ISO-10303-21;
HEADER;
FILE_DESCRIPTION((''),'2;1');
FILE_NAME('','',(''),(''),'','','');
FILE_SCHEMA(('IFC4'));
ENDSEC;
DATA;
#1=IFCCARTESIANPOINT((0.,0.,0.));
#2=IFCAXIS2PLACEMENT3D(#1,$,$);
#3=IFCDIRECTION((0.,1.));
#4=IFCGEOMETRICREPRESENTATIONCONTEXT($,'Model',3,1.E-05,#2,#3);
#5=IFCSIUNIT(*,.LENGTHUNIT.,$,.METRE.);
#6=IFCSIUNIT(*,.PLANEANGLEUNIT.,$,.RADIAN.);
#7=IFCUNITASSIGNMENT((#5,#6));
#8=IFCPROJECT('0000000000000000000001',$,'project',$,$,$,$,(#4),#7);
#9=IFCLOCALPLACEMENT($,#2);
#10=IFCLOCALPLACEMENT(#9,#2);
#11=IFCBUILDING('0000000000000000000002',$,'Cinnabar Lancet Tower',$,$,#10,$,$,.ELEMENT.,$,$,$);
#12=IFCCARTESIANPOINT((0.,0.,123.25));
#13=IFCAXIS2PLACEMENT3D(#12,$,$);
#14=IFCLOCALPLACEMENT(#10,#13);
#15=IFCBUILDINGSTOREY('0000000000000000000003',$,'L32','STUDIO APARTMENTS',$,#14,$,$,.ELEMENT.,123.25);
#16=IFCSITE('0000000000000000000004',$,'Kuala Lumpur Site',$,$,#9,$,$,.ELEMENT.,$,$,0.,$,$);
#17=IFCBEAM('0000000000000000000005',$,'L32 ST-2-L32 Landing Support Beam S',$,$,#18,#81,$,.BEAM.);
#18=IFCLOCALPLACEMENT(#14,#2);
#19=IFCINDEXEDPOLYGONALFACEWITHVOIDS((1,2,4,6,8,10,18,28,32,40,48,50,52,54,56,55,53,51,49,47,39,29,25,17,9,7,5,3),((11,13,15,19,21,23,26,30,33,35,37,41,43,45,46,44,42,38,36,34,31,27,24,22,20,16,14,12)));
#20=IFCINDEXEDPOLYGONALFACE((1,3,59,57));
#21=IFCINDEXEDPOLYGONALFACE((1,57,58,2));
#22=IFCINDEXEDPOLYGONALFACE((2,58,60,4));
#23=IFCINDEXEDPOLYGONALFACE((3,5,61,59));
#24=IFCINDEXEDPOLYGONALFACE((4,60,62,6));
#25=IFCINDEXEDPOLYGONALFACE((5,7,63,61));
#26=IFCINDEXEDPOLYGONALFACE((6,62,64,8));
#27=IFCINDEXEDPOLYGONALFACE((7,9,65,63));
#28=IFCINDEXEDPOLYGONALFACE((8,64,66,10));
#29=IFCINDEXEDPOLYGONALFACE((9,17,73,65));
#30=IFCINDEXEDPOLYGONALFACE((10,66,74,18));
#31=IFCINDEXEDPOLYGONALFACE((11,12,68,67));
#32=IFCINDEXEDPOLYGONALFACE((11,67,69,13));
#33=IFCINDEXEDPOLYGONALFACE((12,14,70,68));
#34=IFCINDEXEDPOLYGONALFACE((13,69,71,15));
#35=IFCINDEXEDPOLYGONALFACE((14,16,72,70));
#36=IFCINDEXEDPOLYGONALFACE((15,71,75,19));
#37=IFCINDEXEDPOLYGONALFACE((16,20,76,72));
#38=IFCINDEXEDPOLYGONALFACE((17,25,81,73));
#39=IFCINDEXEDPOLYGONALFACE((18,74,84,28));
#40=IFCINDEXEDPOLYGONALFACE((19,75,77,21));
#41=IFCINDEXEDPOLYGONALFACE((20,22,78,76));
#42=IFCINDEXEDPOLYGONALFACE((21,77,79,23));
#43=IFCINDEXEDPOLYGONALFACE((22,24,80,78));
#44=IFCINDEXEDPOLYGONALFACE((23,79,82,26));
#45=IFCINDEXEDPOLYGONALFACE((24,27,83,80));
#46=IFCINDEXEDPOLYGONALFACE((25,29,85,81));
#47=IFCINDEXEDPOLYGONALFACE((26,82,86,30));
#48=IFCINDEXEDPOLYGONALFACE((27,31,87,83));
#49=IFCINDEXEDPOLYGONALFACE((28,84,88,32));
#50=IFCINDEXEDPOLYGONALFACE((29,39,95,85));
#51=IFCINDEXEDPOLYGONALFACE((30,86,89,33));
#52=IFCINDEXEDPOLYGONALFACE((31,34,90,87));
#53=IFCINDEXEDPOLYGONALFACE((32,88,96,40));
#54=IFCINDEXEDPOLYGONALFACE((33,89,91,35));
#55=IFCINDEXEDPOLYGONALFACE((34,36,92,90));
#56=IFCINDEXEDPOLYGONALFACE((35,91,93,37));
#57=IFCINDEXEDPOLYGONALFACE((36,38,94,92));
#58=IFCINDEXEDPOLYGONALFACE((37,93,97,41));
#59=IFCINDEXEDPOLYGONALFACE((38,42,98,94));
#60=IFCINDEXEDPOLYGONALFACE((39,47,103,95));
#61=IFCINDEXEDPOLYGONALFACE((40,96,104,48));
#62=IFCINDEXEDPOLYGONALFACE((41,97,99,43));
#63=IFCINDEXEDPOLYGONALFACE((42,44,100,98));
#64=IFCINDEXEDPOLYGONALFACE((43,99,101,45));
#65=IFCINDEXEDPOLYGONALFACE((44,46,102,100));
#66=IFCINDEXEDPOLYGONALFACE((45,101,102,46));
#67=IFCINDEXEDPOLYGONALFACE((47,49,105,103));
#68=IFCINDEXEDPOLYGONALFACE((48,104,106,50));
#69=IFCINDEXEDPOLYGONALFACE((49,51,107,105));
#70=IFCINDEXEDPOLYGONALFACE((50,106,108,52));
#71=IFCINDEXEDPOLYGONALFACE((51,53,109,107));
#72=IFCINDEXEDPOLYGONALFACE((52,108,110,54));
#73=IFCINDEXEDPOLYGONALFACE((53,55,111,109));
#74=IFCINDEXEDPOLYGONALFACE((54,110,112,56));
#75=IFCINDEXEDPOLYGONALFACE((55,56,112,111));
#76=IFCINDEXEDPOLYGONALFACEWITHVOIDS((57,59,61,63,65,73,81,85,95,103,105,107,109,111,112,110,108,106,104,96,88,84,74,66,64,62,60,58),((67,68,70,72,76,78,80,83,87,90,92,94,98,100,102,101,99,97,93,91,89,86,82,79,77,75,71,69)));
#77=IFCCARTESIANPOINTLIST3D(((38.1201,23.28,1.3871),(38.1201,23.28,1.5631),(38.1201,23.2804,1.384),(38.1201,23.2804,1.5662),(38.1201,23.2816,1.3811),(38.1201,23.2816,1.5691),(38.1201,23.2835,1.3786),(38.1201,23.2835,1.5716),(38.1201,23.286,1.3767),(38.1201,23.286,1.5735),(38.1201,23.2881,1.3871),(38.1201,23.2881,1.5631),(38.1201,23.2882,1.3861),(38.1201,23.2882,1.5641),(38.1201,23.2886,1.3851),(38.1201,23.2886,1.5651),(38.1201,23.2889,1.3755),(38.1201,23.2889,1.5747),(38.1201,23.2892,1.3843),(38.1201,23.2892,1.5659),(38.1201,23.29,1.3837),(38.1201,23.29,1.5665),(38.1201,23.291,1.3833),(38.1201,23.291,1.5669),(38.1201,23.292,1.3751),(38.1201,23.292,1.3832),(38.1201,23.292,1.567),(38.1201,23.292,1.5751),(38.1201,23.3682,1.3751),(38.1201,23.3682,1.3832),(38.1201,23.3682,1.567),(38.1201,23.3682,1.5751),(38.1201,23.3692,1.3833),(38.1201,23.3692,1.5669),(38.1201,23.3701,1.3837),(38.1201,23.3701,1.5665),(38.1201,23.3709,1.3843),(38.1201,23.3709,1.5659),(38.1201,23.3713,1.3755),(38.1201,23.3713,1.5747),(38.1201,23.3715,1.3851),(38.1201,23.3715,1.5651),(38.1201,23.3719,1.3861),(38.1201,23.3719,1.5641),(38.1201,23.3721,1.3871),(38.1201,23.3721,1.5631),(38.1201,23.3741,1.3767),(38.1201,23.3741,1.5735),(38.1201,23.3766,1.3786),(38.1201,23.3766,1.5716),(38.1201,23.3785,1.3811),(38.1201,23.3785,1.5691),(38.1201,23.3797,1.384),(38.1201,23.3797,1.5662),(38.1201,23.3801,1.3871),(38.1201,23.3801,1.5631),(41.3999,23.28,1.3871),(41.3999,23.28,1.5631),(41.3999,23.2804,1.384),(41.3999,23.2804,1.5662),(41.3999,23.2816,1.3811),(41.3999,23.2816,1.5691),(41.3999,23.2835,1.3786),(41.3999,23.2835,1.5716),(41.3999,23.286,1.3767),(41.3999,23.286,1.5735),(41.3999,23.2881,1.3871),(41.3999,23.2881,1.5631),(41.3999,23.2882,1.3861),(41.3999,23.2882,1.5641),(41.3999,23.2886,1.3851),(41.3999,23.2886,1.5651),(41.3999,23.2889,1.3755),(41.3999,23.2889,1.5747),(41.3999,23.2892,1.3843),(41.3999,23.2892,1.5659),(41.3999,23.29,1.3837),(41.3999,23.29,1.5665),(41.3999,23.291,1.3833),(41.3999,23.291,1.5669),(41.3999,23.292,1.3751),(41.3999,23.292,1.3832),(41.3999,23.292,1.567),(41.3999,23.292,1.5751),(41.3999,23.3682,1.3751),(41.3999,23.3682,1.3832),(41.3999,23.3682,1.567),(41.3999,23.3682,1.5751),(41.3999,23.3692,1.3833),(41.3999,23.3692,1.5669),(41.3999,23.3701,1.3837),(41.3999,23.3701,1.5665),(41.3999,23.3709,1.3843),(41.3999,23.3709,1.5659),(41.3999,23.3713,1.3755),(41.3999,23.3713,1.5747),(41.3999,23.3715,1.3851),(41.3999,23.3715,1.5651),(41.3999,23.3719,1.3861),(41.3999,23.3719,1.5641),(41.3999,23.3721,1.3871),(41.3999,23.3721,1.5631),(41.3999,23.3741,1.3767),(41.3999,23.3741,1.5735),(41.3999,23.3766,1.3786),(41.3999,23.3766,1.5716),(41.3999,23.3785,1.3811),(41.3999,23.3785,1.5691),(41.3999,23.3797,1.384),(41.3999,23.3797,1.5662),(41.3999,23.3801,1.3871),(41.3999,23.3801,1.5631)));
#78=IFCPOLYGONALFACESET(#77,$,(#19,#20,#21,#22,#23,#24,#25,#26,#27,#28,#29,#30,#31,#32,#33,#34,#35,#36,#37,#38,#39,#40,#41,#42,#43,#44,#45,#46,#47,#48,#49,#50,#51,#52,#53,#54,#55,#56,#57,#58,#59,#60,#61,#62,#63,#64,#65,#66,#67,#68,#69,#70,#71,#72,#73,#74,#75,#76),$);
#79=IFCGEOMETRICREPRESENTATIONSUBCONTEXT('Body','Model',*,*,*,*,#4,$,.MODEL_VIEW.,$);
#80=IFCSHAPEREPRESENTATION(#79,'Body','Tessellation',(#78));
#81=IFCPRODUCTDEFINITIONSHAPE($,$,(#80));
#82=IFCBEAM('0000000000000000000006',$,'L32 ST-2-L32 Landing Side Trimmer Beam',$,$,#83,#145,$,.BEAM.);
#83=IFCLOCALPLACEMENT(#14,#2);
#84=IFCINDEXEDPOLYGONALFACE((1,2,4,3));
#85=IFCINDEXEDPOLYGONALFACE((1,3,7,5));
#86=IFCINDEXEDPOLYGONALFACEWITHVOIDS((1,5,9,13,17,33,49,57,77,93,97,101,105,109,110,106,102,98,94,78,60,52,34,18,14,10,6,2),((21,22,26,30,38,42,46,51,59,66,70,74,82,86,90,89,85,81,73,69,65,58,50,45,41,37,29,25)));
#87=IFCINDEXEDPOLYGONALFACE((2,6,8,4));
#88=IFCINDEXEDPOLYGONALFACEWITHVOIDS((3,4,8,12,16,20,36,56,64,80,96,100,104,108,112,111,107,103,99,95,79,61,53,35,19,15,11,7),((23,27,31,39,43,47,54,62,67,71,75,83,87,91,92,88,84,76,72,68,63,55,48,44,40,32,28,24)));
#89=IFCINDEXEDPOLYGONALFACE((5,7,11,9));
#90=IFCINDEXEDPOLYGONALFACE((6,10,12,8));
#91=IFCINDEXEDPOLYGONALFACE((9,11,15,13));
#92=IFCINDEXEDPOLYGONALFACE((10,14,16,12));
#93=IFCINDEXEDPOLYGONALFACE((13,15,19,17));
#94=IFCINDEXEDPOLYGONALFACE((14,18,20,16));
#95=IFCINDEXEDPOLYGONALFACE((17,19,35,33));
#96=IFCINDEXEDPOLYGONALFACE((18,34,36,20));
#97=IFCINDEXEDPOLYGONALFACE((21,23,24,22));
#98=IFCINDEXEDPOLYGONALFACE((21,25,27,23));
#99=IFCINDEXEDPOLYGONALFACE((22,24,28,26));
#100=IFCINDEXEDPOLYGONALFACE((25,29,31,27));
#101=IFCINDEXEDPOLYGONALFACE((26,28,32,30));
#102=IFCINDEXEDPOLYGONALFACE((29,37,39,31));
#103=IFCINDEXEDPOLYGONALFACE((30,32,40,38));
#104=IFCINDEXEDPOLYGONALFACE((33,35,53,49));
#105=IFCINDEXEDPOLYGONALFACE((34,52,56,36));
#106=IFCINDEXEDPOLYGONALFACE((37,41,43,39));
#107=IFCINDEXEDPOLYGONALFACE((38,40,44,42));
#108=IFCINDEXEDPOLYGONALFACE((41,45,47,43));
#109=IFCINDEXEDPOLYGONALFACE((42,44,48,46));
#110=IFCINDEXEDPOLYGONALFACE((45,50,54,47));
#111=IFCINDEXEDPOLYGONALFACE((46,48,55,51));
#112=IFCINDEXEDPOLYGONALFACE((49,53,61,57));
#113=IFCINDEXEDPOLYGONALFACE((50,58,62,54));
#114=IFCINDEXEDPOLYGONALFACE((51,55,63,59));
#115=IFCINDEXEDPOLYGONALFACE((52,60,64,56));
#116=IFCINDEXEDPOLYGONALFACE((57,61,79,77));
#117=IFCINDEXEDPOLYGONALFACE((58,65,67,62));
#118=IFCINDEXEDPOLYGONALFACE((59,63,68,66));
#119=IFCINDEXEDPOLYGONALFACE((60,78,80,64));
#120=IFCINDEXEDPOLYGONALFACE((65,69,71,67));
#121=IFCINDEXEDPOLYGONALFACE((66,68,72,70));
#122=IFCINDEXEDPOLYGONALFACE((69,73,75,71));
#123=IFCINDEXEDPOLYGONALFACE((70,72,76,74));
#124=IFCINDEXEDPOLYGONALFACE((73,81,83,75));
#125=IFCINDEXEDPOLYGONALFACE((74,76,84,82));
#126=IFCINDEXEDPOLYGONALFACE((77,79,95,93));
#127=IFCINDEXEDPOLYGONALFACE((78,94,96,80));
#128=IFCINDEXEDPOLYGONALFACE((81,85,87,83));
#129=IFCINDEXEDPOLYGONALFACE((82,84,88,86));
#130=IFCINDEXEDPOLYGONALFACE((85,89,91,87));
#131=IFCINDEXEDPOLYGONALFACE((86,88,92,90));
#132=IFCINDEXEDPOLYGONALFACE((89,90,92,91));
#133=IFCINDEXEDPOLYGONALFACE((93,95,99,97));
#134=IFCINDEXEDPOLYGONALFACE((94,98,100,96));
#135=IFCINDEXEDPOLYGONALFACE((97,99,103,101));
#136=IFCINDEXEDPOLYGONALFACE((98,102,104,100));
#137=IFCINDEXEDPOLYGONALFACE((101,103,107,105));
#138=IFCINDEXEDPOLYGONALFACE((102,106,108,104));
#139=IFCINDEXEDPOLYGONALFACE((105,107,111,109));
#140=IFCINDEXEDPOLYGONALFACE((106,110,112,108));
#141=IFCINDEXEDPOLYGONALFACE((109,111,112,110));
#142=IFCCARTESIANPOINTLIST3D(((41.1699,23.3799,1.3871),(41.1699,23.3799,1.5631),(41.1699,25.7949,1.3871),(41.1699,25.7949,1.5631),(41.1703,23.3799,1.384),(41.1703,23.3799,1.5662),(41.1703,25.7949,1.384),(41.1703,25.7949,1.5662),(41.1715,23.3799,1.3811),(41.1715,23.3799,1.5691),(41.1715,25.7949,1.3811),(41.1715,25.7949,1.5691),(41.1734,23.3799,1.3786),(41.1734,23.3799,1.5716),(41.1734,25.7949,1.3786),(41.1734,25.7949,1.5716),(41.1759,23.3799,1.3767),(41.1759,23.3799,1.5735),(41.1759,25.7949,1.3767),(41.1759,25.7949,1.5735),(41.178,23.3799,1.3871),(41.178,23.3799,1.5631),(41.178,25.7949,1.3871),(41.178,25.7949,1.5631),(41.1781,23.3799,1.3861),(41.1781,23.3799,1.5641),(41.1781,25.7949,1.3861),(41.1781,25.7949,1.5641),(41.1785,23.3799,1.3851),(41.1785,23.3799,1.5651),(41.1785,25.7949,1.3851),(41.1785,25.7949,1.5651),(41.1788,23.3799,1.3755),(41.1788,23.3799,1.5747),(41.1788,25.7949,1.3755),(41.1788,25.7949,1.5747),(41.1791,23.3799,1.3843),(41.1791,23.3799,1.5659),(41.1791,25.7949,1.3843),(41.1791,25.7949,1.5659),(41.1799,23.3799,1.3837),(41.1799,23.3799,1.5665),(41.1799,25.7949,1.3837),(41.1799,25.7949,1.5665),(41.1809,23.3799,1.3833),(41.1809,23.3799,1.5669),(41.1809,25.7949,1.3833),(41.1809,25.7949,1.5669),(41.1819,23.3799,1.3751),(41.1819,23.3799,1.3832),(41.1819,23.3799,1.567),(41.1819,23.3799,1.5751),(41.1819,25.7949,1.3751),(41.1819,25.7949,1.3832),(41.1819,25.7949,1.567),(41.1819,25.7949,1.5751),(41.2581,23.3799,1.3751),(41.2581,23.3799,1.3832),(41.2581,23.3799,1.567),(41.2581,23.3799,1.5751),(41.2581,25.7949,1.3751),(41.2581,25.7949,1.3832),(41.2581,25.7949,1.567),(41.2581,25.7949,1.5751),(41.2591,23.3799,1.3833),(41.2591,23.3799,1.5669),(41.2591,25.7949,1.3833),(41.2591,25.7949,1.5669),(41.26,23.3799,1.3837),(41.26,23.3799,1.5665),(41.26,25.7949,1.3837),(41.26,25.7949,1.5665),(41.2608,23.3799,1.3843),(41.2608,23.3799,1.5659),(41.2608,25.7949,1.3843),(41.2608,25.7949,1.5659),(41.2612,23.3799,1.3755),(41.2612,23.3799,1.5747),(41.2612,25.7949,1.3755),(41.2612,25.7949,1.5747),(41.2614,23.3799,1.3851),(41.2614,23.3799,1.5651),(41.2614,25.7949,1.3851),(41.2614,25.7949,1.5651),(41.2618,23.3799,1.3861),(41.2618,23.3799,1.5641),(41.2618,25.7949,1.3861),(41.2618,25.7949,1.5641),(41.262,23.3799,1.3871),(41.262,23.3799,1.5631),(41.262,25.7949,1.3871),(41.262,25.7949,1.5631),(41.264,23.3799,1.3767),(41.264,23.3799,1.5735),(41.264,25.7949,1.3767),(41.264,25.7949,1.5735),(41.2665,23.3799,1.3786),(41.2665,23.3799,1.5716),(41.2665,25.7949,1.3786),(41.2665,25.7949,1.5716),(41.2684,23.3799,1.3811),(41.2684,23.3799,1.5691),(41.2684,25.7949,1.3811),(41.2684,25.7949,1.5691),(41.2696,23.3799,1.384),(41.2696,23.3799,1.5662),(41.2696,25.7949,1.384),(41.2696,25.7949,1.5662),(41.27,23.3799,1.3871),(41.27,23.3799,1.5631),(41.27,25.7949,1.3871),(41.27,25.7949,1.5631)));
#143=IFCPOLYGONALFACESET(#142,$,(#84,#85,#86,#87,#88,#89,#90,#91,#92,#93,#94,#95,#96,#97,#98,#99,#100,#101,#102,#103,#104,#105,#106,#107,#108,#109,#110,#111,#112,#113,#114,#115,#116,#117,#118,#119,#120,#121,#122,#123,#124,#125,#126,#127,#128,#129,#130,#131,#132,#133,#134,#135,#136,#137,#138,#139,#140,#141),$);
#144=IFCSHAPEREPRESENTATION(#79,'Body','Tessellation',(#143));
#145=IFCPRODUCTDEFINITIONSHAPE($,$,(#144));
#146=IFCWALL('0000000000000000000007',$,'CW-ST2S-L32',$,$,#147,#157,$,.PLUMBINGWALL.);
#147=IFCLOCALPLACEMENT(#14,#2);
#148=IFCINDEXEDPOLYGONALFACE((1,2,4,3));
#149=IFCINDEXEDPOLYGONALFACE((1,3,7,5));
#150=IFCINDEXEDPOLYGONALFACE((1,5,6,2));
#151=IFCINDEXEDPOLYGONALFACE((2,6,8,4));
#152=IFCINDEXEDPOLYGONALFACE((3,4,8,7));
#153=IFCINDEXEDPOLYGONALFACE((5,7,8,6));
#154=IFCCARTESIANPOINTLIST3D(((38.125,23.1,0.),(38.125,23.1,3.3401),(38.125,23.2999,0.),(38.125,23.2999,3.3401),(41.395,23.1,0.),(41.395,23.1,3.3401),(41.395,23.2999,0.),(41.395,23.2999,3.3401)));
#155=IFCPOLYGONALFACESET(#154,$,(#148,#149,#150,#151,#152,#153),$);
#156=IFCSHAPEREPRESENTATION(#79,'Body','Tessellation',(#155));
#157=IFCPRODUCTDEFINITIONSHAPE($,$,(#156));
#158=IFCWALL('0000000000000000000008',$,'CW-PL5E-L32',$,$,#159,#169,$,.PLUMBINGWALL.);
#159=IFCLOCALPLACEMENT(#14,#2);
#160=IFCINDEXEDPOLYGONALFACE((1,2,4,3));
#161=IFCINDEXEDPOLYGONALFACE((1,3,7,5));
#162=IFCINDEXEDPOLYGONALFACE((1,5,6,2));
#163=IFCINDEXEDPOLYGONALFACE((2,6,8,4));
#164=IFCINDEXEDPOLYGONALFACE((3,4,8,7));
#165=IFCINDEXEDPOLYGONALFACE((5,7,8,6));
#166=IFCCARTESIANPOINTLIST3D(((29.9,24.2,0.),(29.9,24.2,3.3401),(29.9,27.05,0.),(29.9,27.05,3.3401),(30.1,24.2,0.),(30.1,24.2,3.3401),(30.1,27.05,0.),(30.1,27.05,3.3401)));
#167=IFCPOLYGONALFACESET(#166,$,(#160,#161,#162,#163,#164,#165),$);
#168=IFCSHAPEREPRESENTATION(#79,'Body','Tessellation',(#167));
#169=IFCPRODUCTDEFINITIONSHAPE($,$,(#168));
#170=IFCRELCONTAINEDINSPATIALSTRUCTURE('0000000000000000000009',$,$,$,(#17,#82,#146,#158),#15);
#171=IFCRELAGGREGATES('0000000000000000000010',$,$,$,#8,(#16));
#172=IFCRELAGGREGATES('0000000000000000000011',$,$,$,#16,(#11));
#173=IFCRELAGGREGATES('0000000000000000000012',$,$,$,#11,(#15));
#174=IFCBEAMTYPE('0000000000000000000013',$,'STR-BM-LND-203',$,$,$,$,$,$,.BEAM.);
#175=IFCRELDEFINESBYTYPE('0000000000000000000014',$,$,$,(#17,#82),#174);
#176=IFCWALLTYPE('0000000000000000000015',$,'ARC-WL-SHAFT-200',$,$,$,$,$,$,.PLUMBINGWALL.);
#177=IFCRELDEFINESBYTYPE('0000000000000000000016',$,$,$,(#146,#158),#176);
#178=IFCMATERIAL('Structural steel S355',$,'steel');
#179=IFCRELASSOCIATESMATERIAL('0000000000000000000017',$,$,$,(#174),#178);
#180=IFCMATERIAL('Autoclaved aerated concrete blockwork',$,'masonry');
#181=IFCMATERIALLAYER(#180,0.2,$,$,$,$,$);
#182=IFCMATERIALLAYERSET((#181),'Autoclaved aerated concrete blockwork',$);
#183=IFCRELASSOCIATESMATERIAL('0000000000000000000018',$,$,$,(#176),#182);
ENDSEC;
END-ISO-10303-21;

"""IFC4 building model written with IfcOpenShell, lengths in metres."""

from ifc_helpers import new_model, si_unit, direction, frame, frame_2d, origin, origin_2d, place, context, subcontext, project, spatial, rectangle, hollow_rectangle, extrude, material, layer, layer_set, material_profile, profile_set, type_object, element, save


model = new_model("IFC4")

# Units and contexts
model_context = context("Model", 3, precision=1e-05, world=origin(), true_north=direction((0.0, 1.0)))
body_context = subcontext(model_context, "Body", "Model", "MODEL_VIEW")
ifc_project = project(units=[si_unit("LENGTHUNIT", "METRE"), si_unit("PLANEANGLEUNIT", "RADIAN")], contexts=[model_context])

# Site, building, storey
site_placement = place(None, origin())
site = spatial("IfcSite", under=ifc_project, at=site_placement, Name="Kuala Lumpur Site", CompositionType="ELEMENT", RefElevation=0.0)
building_placement = place(site_placement, origin())
building = spatial("IfcBuilding", under=site, at=building_placement, Name="Cinnabar Lancet Tower", CompositionType="ELEMENT")
storey_placement = place(building_placement, frame((0.0, 0.0, 123.25)))
storey = spatial("IfcBuildingStorey", under=building, at=storey_placement, Name="L32", Description="STUDIO APARTMENTS", CompositionType="ELEMENT", Elevation=123.25)

# Beams
ifc_material_1 = material(Name="Structural steel S355", Category="steel")
ifc_material_profile_1 = material_profile(ifc_material_1, hollow_rectangle(XDim=0.1001, YDim=0.2, WallThickness=0.0081, InnerFilletRadius=0.0039, OuterFilletRadius=0.012, at=origin_2d()), Name="RHS 200x100x8")
ifc_profile_set_1 = profile_set([ifc_material_profile_1], Name="Structural steel S355")
beam_type_1 = type_object("IfcBeamType", Name="STR-BM-LND-203", PredefinedType="BEAM", material=ifc_profile_set_1)
beam_1_placement = place(storey_placement, frame((38.1201, 23.3301, 1.4751), z_axis=(1.0, 0.0, 0.0), x_axis=(0.0, 1.0, 0.0)))
element("IfcBeam", 1, at=beam_1_placement, inside=storey, type_object=beam_type_1, Name="L32 ST-2-L32 Landing Support Beam S", PredefinedType="BEAM", context=body_context, shape_type="SweptSolid", body=[
    extrude(hollow_rectangle(XDim=0.1001, YDim=0.2, WallThickness=0.0081, InnerFilletRadius=0.0039, OuterFilletRadius=0.012, at=origin_2d()), origin(), (0.0, 0.0, 1.0), 3.2798),
])
beam_2_placement = place(storey_placement, frame((41.22, 23.3799, 1.4751), z_axis=(0.0, 1.0, 0.0), x_axis=(-1.0, 0.0, 0.0)))
element("IfcBeam", 2, at=beam_2_placement, inside=storey, type_object=beam_type_1, Name="L32 ST-2-L32 Landing Side Trimmer Beam", PredefinedType="BEAM", context=body_context, shape_type="SweptSolid", body=[
    extrude(hollow_rectangle(XDim=0.1001, YDim=0.2, WallThickness=0.0081, InnerFilletRadius=0.0039, OuterFilletRadius=0.012, at=origin_2d()), origin(), (0.0, 0.0, 1.0), 2.415),
])

# Walls
ifc_material_2 = material(Name="Autoclaved aerated concrete blockwork", Category="masonry")
ifc_layer_1 = layer(ifc_material_2, 0.2)
ifc_layer_set_1 = layer_set([ifc_layer_1], Name="Autoclaved aerated concrete blockwork")
wall_type_1 = type_object("IfcWallType", Name="ARC-WL-SHAFT-200", PredefinedType="PLUMBINGWALL", material=ifc_layer_set_1)
wall_1_placement = place(storey_placement, frame((38.125, 23.2, 0.0), z_axis=(0.0, 0.0, 1.0), x_axis=(1.0, 0.0, 0.0)))
element("IfcWall", 3, at=wall_1_placement, inside=storey, type_object=wall_type_1, Name="CW-ST2S-L32", PredefinedType="PLUMBINGWALL", context=body_context, shape_type="SweptSolid", body=[
    extrude(rectangle(XDim=3.27, YDim=0.2, at=frame_2d((1.635, 0.0))), origin(), (0.0, 0.0, 1.0), 3.3401),
])
wall_2_placement = place(storey_placement, frame((30.0, 24.2, 0.0), z_axis=(0.0, 0.0, 1.0), x_axis=(0.0, 1.0, 0.0)))
element("IfcWall", 4, at=wall_2_placement, inside=storey, type_object=wall_type_1, Name="CW-PL5E-L32", PredefinedType="PLUMBINGWALL", context=body_context, shape_type="SweptSolid", body=[
    extrude(rectangle(XDim=2.8501, YDim=0.2, at=frame_2d((1.425, 0.0))), origin(), (0.0, 0.0, 1.0), 3.3401),
])

save(model, "model.ifc")
